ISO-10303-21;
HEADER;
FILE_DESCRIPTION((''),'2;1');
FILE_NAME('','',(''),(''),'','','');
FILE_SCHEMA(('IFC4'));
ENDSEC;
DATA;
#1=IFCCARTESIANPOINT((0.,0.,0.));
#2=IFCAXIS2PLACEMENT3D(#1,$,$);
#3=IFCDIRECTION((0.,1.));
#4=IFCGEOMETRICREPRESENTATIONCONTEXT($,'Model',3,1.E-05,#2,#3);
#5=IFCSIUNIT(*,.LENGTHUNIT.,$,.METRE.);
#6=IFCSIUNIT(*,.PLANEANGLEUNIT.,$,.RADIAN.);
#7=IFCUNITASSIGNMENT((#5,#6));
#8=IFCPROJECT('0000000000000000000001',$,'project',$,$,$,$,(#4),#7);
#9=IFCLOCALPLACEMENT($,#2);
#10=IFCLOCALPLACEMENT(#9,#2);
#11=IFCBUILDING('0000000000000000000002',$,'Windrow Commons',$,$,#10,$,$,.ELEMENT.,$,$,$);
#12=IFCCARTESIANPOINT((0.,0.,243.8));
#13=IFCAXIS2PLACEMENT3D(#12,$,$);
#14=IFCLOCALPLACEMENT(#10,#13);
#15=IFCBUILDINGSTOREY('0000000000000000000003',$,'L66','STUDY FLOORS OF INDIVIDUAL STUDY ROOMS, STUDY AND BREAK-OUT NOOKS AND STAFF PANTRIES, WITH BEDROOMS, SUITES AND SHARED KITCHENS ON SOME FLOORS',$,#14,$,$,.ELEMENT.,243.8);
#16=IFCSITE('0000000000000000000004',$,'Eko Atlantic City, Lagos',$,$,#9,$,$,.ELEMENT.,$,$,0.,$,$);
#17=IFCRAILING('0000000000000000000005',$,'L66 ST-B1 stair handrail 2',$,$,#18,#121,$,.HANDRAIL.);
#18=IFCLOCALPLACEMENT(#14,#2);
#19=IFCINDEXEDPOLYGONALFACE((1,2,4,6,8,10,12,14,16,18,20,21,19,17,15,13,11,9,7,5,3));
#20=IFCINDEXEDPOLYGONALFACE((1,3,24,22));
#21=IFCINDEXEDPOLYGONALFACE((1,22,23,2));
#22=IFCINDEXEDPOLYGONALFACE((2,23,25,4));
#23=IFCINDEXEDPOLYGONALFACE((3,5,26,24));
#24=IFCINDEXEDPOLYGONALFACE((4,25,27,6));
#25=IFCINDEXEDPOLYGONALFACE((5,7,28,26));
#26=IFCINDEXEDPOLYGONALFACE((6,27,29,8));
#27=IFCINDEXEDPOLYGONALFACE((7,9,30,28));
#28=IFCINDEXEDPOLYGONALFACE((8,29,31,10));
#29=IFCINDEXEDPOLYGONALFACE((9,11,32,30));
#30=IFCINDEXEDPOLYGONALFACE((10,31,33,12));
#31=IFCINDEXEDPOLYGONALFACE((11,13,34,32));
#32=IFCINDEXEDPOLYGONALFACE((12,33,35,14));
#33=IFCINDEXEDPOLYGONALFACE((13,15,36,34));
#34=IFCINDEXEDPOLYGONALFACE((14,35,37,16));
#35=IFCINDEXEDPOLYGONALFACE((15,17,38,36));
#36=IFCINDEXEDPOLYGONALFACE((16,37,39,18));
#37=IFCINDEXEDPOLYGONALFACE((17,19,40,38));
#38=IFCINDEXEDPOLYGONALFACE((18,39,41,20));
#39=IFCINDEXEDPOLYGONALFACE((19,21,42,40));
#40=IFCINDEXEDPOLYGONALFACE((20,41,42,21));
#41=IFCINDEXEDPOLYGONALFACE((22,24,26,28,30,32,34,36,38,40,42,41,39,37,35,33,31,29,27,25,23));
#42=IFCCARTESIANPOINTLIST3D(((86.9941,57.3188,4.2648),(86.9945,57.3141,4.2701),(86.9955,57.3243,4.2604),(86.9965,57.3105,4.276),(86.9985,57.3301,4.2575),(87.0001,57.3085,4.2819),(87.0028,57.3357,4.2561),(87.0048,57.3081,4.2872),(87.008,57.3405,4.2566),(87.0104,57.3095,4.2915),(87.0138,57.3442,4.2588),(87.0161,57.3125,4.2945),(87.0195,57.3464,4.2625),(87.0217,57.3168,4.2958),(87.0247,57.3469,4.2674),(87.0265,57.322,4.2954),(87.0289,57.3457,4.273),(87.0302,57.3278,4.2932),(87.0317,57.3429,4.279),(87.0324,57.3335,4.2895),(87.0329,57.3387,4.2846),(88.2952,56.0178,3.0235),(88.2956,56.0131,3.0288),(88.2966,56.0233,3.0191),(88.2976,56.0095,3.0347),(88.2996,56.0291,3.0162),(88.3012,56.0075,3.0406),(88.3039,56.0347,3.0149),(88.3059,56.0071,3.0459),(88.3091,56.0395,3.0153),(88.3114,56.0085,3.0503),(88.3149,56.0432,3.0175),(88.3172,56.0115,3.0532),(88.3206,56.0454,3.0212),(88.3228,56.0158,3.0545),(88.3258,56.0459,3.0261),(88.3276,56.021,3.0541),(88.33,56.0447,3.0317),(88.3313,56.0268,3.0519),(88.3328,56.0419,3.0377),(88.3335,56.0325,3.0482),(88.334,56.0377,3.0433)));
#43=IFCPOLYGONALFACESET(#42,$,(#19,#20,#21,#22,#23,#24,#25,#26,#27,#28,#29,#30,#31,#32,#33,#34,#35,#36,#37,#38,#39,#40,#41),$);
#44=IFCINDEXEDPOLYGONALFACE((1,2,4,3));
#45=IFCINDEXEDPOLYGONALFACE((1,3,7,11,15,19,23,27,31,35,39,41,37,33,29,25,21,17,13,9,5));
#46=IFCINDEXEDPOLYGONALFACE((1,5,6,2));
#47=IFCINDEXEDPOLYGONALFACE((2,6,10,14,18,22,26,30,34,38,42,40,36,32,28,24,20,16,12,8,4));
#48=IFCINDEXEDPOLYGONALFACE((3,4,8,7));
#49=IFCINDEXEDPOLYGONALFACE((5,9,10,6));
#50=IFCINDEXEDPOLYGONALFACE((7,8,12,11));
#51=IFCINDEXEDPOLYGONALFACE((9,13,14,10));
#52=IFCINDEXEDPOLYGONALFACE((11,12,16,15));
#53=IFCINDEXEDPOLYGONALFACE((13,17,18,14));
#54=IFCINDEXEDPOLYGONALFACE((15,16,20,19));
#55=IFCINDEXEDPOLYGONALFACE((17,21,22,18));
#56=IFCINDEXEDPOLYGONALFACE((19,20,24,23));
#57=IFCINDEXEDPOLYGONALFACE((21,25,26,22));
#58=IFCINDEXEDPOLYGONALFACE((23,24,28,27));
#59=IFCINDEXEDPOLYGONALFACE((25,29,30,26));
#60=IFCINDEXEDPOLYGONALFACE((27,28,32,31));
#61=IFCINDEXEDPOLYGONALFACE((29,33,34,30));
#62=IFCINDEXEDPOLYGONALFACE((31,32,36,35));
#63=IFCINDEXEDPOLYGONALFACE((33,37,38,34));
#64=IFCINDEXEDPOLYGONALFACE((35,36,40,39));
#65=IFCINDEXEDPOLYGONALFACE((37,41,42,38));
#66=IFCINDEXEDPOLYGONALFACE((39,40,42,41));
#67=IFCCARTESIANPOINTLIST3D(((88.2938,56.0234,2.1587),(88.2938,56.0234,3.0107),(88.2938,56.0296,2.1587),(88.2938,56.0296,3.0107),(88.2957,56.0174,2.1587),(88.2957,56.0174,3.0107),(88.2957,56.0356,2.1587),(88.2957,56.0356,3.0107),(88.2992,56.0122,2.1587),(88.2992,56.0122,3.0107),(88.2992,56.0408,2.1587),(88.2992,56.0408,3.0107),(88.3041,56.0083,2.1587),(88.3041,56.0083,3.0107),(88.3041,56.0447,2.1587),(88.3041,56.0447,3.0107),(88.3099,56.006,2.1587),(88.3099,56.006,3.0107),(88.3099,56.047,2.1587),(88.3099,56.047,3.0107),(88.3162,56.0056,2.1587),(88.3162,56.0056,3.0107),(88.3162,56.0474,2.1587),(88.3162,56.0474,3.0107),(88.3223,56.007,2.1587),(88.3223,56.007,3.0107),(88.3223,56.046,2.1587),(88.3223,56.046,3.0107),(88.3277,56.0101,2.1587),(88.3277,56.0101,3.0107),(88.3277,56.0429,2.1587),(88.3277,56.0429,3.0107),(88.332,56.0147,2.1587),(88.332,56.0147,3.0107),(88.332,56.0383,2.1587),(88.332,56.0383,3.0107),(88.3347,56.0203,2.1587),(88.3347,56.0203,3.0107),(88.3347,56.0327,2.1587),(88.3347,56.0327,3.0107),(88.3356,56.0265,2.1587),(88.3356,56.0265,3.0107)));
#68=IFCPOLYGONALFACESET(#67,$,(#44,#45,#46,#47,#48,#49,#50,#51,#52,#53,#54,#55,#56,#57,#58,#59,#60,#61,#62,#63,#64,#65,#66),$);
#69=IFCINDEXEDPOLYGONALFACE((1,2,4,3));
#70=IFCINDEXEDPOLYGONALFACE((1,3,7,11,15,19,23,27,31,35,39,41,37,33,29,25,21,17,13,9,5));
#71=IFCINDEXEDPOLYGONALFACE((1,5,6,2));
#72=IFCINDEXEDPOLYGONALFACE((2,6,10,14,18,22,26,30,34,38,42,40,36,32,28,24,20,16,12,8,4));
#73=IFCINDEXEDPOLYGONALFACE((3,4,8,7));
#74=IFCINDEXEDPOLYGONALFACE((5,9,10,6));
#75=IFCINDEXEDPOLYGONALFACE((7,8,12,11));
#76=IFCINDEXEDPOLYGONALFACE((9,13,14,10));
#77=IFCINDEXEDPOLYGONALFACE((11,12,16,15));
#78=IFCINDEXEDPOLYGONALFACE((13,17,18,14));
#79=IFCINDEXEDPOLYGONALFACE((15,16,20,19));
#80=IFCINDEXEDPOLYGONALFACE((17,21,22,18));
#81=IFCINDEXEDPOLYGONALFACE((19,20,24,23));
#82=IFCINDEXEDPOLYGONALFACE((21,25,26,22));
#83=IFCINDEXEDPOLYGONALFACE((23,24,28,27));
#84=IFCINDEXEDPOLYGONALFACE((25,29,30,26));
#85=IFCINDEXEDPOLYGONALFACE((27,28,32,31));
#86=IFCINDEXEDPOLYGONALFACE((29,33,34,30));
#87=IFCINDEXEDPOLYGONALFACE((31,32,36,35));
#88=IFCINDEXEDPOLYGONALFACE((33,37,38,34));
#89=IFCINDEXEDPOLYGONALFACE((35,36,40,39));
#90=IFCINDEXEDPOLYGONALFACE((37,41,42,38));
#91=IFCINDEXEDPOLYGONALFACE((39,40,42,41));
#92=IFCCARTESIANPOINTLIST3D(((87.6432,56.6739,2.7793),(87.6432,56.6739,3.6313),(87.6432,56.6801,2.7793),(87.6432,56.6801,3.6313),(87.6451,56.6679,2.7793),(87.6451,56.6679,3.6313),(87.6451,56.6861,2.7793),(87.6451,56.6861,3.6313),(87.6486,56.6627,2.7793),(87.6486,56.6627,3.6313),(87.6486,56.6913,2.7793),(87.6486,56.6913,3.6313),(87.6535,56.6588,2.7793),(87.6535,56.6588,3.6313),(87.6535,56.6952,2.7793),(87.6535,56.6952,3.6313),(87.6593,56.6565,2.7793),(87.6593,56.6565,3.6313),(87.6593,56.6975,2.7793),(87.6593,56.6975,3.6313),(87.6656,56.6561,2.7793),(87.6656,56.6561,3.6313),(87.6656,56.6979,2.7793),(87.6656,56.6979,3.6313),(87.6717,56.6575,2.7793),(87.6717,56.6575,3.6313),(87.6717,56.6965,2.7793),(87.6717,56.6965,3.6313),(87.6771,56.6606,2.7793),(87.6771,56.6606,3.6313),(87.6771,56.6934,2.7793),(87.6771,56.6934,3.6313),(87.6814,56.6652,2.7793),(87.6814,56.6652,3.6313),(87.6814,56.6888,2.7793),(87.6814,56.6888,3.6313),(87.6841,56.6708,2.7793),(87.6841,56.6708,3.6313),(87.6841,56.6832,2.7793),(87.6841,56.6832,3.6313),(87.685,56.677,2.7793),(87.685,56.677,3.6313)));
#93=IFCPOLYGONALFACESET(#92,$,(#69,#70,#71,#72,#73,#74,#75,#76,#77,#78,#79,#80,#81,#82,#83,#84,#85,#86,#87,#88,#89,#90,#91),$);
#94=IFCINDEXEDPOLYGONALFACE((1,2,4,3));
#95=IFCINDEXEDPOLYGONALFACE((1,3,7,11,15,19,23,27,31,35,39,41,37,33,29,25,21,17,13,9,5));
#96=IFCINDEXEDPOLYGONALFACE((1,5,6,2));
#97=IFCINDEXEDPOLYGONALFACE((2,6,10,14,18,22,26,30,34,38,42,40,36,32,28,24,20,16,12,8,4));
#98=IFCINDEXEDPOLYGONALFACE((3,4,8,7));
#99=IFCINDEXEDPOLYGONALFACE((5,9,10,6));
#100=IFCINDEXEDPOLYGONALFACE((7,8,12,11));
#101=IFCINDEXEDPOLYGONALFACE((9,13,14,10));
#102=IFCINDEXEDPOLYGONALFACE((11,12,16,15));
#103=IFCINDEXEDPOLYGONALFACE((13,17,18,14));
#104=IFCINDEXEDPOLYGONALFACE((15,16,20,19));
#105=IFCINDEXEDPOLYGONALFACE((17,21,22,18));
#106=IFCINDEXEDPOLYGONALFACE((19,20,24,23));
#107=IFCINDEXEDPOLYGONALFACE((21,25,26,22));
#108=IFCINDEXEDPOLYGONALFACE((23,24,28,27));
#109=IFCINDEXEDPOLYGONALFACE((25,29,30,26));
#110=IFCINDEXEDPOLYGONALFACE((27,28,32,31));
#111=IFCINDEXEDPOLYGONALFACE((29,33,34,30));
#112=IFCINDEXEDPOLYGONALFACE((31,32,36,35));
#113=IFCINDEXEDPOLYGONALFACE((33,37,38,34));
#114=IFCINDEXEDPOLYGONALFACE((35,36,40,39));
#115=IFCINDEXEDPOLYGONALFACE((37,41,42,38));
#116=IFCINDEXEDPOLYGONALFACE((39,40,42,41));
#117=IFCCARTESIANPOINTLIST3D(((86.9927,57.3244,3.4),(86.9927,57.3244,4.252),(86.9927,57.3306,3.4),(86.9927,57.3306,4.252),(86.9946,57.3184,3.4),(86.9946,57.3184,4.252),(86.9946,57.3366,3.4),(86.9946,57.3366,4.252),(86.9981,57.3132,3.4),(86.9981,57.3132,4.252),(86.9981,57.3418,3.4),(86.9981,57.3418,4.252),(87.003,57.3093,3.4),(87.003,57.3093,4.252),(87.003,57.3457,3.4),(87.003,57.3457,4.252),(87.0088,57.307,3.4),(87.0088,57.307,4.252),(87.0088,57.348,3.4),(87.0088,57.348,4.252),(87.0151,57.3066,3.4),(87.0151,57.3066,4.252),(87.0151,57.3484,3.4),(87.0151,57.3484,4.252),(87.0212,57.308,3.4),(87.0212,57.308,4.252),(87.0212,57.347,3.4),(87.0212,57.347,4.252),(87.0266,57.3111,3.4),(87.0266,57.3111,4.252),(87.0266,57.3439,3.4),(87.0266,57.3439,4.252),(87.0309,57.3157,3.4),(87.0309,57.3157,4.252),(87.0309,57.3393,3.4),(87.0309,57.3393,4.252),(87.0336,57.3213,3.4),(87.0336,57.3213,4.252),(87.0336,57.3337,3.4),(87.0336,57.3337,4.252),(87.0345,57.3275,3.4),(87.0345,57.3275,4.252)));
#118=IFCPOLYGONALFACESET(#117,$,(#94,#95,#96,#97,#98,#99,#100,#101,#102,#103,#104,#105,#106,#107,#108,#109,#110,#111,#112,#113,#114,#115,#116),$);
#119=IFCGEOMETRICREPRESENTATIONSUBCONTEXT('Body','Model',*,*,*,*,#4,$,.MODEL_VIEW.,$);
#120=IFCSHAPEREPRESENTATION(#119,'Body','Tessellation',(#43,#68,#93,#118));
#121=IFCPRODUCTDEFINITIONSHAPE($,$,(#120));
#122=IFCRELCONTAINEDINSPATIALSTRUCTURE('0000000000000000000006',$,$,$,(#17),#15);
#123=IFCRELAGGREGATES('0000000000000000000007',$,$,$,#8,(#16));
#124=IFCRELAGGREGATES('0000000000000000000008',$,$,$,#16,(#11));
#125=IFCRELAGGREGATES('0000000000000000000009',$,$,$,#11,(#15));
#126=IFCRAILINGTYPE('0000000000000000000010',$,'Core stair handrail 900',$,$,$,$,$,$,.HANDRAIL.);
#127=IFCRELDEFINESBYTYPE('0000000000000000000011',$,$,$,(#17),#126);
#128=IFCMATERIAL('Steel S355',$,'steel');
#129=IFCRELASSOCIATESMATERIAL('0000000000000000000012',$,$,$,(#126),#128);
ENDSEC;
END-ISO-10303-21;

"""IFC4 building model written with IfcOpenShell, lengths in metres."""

from ifc_helpers import new_model, si_unit, direction, frame, origin, origin_2d, place, context, subcontext, project, spatial, circle, extrude, material, type_object, element, save


model = new_model("IFC4")

# Units and contexts
model_context = context("Model", 3, precision=1e-05, world=origin(), true_north=direction((0.0, 1.0)))
body_context = subcontext(model_context, "Body", "Model", "MODEL_VIEW")
ifc_project = project(units=[si_unit("LENGTHUNIT", "METRE"), si_unit("PLANEANGLEUNIT", "RADIAN")], contexts=[model_context])

# Site, building, storey
site_placement = place(None, origin())
site = spatial("IfcSite", under=ifc_project, at=site_placement, Name="Eko Atlantic City, Lagos", CompositionType="ELEMENT", RefElevation=0.0)
building_placement = place(site_placement, origin())
building = spatial("IfcBuilding", under=site, at=building_placement, Name="Windrow Commons", CompositionType="ELEMENT")
storey_placement = place(building_placement, frame((0.0, 0.0, 243.8)))
storey = spatial("IfcBuildingStorey", under=building, at=storey_placement, Name="L66", Description="STUDY FLOORS OF INDIVIDUAL STUDY ROOMS, STUDY AND BREAK-OUT NOOKS AND STAFF PANTRIES, WITH BEDROOMS, SUITES AND SHARED KITCHENS ON SOME FLOORS", CompositionType="ELEMENT", Elevation=243.8)

# Railing
ifc_material_1 = material(Name="Steel S355", Category="steel")
railing_type_1 = type_object("IfcRailingType", Name="Core stair handrail 900", PredefinedType="HANDRAIL", material=ifc_material_1)
railing_1_placement = place(storey_placement, frame((88.3146, 56.0265, 2.1587)))
element("IfcRailing", 1, at=railing_1_placement, inside=storey, type_object=railing_type_1, Name="L66 ST-B1 stair handrail 2", PredefinedType="HANDRAIL", context=body_context, shape_type="SweptSolid", body=[
    extrude(circle(Radius=0.024, at=origin_2d()), frame((0.0, 0.0, 0.876), z_axis=(-0.586207, 0.586162, 0.559264), x_axis=(-0.70708, -0.707134, 0.0)), (0.0, 0.0, 1.0), 2.2195),
    extrude(circle(Radius=0.021, at=origin_2d()), origin(), (0.0, 0.0, 1.0), 0.852),
    extrude(circle(Radius=0.021, at=origin_2d()), frame((-0.6506, 0.6505, 0.6206)), (0.0, 0.0, 1.0), 0.852),
    extrude(circle(Radius=0.021, at=origin_2d()), frame((-1.3011, 1.301, 1.2413)), (0.0, 0.0, 1.0), 0.852),
])

save(model, "model.ifc")
